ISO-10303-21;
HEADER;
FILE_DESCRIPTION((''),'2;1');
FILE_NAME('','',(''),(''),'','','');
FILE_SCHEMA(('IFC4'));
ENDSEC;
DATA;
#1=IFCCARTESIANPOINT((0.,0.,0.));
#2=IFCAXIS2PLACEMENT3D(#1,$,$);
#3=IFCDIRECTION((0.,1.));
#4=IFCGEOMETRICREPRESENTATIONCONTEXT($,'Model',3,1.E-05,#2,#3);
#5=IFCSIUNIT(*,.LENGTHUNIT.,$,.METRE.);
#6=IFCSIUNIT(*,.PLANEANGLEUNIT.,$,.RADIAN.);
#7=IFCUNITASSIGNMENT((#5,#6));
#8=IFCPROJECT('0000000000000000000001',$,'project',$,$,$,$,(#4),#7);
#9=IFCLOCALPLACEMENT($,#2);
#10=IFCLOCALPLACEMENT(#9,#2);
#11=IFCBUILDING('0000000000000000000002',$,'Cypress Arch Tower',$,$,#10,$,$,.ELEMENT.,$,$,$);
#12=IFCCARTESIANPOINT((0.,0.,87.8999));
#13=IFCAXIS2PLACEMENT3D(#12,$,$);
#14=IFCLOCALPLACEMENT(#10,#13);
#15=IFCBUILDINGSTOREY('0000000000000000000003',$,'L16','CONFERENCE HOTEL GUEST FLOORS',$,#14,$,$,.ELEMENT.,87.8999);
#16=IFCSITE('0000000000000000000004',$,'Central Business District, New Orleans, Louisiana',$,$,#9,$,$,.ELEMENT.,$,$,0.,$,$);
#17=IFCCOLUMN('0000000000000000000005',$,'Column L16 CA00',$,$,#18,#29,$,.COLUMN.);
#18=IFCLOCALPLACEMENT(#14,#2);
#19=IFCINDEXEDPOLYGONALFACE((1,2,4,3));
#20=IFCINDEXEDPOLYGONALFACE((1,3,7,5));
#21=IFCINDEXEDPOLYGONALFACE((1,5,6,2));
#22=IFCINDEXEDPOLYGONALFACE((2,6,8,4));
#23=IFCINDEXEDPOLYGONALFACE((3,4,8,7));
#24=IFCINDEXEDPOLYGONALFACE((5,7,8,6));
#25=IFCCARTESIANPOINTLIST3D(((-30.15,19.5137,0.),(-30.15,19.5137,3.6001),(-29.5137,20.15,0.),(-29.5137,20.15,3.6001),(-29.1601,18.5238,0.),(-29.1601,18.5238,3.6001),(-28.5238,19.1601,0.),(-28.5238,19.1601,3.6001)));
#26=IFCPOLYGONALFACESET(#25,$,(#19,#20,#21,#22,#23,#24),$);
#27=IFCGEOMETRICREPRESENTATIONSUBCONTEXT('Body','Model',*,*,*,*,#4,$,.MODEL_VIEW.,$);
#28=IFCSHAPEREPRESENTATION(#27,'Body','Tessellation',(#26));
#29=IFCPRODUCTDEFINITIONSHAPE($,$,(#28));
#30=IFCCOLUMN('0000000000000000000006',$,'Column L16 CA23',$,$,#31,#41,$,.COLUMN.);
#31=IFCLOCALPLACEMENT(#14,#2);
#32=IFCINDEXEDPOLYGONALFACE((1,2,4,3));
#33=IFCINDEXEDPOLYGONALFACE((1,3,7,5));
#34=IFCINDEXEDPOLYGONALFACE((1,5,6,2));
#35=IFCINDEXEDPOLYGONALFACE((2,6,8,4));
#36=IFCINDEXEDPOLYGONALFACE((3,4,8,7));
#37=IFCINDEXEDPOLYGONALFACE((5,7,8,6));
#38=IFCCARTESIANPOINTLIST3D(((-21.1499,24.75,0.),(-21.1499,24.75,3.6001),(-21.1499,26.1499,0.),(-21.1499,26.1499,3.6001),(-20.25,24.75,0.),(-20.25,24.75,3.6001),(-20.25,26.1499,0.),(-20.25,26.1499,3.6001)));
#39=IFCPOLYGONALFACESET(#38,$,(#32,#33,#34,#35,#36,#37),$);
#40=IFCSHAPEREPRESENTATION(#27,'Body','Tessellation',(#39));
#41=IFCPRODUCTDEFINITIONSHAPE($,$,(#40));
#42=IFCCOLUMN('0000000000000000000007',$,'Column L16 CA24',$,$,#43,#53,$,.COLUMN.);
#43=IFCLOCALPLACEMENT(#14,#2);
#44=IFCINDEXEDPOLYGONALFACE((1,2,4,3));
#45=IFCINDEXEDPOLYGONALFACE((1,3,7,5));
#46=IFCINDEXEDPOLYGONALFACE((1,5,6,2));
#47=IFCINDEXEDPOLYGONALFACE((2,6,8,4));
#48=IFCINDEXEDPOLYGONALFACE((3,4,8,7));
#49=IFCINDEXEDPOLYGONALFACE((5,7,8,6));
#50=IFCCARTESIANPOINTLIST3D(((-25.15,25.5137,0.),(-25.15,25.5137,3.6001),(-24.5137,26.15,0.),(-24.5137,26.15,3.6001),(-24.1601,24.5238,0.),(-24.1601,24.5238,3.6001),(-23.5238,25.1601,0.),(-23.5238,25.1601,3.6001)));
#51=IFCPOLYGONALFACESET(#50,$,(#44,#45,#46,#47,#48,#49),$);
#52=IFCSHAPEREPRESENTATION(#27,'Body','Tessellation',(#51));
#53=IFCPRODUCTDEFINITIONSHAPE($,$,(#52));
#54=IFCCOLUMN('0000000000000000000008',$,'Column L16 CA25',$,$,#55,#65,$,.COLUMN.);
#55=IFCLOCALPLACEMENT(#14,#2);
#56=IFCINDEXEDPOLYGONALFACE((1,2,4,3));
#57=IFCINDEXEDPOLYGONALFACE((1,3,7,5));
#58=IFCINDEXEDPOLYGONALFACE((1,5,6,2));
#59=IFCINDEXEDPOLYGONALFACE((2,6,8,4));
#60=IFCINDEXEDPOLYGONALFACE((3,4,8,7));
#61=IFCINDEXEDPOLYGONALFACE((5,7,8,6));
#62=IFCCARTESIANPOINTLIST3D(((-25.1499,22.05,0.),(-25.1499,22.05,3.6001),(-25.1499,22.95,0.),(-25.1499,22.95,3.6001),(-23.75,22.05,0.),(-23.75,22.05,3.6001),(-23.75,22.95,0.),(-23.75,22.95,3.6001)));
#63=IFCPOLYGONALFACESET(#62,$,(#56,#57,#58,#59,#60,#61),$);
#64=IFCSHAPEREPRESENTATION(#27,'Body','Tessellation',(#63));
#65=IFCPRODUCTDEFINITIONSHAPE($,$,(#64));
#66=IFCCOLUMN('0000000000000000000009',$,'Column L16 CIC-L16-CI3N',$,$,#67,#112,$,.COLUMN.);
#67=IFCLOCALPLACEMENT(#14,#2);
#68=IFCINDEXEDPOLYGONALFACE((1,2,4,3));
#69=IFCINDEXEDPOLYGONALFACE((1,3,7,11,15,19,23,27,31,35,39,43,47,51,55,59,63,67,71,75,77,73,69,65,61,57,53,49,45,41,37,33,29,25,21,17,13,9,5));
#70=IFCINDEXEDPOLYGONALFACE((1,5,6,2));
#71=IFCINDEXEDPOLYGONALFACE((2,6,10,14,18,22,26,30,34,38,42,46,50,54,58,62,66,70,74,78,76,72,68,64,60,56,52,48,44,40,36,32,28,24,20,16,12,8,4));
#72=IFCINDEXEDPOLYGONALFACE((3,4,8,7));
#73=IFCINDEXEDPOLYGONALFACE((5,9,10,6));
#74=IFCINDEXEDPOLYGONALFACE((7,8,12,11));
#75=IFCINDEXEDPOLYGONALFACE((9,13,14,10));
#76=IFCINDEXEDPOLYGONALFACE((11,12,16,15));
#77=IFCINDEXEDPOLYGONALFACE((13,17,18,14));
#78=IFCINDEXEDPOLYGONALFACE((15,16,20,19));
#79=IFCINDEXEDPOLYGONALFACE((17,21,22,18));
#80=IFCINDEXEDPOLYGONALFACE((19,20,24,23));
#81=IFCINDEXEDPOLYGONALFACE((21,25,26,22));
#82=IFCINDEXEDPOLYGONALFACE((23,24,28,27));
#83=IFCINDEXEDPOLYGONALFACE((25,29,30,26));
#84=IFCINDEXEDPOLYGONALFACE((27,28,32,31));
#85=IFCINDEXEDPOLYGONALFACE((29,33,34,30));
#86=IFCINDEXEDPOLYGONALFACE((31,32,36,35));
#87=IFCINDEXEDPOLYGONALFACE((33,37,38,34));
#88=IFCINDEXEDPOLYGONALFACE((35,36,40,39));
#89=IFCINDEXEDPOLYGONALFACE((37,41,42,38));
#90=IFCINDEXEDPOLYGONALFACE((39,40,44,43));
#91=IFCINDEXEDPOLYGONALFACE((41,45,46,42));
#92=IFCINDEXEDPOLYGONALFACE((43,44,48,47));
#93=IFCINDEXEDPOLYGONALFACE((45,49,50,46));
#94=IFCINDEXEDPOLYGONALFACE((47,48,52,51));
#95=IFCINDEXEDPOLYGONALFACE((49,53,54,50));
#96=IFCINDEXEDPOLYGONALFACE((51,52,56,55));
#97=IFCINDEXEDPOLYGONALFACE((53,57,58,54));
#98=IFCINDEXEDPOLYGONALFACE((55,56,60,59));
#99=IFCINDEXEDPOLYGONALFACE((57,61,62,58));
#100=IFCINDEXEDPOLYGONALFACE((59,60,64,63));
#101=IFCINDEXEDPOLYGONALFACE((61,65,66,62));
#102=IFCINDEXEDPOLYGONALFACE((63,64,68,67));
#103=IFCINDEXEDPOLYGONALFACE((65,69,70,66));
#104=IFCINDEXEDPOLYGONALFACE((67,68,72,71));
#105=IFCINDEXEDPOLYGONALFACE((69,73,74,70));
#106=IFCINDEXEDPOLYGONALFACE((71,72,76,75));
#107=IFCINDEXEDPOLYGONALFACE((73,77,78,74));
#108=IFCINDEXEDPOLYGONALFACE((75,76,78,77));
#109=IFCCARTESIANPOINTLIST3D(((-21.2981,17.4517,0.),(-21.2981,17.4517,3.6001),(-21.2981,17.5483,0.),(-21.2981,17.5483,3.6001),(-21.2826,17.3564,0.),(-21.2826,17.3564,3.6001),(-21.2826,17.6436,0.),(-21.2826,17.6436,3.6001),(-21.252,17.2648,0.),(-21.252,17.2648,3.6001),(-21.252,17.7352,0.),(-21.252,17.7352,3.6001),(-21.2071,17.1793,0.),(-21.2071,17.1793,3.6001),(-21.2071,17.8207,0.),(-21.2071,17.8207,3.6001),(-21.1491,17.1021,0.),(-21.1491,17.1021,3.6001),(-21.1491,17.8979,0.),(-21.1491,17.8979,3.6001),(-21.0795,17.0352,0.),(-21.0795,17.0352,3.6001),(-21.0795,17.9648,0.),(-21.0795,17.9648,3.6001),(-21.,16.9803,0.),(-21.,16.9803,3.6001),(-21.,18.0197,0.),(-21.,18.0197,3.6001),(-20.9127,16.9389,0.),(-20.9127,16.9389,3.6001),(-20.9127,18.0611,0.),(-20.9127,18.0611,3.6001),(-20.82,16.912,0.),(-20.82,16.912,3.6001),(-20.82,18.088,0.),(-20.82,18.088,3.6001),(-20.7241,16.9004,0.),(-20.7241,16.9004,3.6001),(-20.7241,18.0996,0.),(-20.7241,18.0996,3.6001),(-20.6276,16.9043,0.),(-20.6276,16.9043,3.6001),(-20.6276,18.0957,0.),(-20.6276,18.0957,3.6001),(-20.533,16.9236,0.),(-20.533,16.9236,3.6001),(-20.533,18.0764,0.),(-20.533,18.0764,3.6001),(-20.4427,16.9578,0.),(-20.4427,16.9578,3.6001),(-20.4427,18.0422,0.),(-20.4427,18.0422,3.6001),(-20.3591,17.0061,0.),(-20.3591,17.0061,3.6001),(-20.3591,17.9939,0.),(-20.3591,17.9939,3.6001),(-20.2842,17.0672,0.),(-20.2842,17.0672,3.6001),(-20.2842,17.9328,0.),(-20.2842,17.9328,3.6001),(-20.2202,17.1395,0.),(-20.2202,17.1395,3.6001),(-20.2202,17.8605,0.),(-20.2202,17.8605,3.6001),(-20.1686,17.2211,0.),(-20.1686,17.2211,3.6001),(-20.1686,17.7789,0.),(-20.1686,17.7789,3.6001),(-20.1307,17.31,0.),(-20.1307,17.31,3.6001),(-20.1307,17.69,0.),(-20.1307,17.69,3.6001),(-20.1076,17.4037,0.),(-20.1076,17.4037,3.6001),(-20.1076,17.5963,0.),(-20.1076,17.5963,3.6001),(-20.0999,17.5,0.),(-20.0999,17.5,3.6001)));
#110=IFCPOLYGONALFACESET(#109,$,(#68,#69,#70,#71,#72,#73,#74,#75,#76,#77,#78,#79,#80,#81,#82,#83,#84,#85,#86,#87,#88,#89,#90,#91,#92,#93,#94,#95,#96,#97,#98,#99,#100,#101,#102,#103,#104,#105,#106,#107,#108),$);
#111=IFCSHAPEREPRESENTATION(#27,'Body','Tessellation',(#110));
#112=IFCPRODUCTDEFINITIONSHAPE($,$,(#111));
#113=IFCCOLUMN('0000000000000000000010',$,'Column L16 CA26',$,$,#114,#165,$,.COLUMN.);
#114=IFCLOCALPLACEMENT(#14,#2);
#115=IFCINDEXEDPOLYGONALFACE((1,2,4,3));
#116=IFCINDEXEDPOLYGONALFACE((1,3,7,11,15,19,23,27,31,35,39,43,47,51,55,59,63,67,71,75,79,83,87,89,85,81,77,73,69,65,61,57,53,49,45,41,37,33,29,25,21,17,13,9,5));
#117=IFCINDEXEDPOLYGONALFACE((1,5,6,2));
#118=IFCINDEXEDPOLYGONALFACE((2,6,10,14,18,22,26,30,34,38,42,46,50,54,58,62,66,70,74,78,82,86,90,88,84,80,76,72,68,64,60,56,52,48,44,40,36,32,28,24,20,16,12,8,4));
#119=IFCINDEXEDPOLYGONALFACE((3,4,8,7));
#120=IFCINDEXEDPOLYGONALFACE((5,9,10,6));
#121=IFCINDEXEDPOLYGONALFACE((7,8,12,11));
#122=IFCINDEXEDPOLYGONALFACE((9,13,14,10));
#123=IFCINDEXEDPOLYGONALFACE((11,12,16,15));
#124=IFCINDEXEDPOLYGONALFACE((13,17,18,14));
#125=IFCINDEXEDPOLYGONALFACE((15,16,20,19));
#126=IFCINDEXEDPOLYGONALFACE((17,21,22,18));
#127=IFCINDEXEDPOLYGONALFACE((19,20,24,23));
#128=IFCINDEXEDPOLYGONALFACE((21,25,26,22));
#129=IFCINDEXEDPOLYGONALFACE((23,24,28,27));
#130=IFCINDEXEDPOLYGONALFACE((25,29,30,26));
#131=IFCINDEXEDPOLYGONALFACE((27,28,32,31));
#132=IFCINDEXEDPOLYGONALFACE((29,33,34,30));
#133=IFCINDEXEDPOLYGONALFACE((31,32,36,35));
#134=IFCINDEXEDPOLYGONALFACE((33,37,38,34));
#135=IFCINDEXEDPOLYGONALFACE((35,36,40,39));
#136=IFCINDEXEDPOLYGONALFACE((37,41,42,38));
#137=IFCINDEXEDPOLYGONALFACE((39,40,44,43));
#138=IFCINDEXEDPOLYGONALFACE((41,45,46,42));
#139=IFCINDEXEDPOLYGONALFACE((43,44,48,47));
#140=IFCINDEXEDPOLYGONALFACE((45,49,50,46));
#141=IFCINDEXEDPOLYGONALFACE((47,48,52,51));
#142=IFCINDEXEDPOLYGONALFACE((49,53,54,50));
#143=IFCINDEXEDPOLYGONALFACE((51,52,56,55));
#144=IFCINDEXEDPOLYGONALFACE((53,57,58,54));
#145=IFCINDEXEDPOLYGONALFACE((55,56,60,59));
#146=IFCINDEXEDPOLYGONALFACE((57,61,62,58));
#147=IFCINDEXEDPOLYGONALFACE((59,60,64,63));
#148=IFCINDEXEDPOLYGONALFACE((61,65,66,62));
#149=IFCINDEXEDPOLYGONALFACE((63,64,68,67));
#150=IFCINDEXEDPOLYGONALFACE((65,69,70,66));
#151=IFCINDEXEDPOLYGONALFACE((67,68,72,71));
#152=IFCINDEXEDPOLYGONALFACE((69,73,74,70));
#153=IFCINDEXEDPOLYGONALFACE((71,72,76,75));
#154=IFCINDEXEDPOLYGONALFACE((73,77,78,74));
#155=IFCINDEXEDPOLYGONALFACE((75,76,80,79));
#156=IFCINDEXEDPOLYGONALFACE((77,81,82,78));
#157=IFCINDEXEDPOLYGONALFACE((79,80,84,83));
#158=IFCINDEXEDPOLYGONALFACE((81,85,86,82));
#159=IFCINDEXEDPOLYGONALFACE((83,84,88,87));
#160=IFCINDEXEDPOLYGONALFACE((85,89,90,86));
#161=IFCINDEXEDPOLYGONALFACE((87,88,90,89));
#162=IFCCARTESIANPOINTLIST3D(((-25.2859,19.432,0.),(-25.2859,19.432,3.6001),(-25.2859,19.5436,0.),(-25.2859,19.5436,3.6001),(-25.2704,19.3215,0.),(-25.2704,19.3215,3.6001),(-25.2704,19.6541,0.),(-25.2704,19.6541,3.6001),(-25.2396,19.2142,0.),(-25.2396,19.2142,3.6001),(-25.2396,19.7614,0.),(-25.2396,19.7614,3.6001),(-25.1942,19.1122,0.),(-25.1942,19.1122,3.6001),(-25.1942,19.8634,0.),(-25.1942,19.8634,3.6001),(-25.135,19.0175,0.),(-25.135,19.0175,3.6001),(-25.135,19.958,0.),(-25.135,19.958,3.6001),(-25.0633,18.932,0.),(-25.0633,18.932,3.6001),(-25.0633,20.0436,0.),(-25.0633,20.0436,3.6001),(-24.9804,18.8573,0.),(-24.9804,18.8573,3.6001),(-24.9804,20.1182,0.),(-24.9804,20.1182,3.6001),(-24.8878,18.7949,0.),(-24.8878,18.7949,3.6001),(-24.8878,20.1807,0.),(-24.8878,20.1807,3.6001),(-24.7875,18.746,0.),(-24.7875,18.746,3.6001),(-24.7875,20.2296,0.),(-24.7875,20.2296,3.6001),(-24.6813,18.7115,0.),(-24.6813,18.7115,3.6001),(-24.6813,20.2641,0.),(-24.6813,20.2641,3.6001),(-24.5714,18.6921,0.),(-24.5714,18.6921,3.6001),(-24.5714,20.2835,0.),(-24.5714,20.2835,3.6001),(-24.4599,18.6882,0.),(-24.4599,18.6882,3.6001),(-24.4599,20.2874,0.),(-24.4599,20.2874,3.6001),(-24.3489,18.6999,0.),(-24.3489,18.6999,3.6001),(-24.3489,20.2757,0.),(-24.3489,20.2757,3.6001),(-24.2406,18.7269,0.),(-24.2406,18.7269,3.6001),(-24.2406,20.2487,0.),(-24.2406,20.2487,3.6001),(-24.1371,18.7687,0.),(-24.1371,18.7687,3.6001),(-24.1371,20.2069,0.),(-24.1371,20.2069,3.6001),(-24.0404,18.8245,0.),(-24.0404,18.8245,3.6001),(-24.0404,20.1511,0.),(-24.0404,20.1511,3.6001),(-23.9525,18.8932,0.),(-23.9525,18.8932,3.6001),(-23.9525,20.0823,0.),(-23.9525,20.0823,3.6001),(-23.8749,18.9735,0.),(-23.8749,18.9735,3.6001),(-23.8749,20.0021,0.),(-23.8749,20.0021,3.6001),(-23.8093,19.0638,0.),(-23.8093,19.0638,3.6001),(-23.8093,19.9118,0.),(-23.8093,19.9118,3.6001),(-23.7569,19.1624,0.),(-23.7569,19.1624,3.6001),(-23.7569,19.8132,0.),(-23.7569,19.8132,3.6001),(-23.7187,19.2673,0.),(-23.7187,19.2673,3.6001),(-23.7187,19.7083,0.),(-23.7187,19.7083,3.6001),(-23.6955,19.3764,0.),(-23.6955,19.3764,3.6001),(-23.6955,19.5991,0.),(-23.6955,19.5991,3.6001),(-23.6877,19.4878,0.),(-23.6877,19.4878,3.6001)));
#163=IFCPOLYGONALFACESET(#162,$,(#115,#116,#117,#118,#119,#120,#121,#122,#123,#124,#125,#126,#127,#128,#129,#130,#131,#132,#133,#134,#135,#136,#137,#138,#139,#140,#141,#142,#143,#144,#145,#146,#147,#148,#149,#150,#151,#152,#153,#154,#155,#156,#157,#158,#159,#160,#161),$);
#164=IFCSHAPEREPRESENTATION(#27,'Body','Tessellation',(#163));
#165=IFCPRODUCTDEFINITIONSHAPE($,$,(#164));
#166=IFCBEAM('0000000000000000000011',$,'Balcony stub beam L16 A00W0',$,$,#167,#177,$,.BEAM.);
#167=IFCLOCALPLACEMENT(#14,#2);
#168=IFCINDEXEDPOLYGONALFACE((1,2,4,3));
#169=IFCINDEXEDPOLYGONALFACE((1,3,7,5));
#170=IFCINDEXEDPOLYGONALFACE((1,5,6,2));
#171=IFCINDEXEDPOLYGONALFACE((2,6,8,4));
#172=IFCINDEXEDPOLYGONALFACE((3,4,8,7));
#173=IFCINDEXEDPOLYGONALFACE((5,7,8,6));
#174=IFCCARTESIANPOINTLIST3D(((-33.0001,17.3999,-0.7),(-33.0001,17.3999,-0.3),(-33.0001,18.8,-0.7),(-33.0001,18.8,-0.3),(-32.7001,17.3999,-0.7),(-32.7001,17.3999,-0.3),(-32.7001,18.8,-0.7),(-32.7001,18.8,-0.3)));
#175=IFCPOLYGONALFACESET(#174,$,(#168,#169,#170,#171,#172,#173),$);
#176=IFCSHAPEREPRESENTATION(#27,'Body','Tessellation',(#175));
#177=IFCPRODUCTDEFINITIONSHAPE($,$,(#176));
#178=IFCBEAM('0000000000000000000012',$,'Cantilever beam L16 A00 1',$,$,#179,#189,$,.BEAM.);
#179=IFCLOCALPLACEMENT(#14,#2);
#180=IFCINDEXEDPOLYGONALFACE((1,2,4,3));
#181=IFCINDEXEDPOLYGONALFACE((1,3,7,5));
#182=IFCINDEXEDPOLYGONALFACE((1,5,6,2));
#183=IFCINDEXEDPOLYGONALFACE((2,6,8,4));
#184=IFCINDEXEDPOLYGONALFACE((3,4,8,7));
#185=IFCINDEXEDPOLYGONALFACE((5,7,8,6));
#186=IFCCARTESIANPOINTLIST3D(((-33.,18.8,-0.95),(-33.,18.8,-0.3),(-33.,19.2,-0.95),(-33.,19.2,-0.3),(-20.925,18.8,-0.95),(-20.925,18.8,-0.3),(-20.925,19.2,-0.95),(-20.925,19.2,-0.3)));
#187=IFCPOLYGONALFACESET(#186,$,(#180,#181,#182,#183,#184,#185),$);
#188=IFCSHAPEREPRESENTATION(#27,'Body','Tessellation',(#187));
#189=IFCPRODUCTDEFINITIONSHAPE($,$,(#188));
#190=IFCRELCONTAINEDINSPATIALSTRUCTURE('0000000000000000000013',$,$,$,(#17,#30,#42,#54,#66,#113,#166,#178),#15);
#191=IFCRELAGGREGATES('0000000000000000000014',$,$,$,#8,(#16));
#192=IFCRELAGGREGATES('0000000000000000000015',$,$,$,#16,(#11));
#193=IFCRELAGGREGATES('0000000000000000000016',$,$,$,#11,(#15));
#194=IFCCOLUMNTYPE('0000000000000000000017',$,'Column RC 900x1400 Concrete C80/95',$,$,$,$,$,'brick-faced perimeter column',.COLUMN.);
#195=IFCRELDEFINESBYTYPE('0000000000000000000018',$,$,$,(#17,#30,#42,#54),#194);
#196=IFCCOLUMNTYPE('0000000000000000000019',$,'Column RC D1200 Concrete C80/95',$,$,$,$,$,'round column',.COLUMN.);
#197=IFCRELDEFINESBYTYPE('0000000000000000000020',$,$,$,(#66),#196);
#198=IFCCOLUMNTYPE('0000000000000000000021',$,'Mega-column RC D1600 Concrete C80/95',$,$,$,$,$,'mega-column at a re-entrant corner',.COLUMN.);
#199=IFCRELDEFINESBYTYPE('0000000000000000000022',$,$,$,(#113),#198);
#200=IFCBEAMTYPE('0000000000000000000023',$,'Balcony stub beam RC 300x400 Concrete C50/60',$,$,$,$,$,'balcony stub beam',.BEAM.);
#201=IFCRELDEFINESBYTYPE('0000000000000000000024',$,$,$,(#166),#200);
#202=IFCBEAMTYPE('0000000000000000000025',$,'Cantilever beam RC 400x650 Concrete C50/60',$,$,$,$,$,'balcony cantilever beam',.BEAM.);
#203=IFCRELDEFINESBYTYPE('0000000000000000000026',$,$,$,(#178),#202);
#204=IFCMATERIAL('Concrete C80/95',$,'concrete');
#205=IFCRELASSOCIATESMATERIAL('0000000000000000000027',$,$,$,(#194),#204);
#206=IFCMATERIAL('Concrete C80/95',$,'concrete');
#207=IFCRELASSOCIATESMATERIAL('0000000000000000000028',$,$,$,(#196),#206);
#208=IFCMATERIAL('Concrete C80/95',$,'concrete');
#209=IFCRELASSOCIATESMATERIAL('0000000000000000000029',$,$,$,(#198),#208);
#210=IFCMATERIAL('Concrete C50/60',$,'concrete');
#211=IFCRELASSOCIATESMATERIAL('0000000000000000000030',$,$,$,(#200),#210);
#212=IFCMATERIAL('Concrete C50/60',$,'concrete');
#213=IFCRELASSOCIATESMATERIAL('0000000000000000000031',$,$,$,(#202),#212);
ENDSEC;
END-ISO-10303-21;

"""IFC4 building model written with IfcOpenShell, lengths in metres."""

from ifc_helpers import new_model, si_unit, direction, frame, origin, origin_2d, place, context, subcontext, project, spatial, rectangle, circle, extrude, material, material_profile, profile_set, type_object, element, save


model = new_model("IFC4")

# Units and contexts
model_context = context("Model", 3, precision=1e-05, world=origin(), true_north=direction((0.0, 1.0)))
body_context = subcontext(model_context, "Body", "Model", "MODEL_VIEW")
ifc_project = project(units=[si_unit("LENGTHUNIT", "METRE"), si_unit("PLANEANGLEUNIT", "RADIAN")], contexts=[model_context])

# Site, building, storey
site_placement = place(None, origin())
site = spatial("IfcSite", under=ifc_project, at=site_placement, Name="Central Business District, New Orleans, Louisiana", CompositionType="ELEMENT", RefElevation=0.0)
building_placement = place(site_placement, origin())
building = spatial("IfcBuilding", under=site, at=building_placement, Name="Cypress Arch Tower", CompositionType="ELEMENT")
storey_placement = place(building_placement, frame((0.0, 0.0, 87.8999)))
storey = spatial("IfcBuildingStorey", under=building, at=storey_placement, Name="L16", Description="CONFERENCE HOTEL GUEST FLOORS", CompositionType="ELEMENT", Elevation=87.8999)

# Columns
ifc_material_1 = material(Name="Concrete C80/95", Category="concrete")
ifc_material_profile_1 = material_profile(ifc_material_1, rectangle(XDim=0.8999, YDim=1.3999, at=origin_2d()), Name="RC 900x1400")
ifc_profile_set_1 = profile_set([ifc_material_profile_1], Name="Concrete C80/95")
column_type_1 = type_object("IfcColumnType", Name="Column RC 900x1400 Concrete C80/95", ElementType="brick-faced perimeter column", PredefinedType="COLUMN", material=ifc_profile_set_1)
for number, where, z_axis, x_axis, name in (
    (1, (-29.3369, 19.3369, 0.0), (0.0, 0.0, 1.0), (-0.707107, -0.707107, 0.0), "Column L16 CA00"),
    (2, (-20.7, 25.45, 0.0), (0.0, 0.0, 1.0), (-1.0, 0.0, 0.0), "Column L16 CA23"),
    (3, (-24.3369, 25.3369, 0.0), (0.0, 0.0, 1.0), (-0.707107, -0.707107, 0.0), "Column L16 CA24"),
    (4, (-24.45, 22.5, 0.0), (0.0, 0.0, 1.0), (0.0, -1.0, 0.0), "Column L16 CA25"),
):
    element("IfcColumn", number, at=place(storey_placement, frame(where, z_axis=z_axis, x_axis=x_axis)), inside=storey, type_object=column_type_1, Name=name, PredefinedType="COLUMN", context=body_context, shape_type="SweptSolid", body=[
        extrude(rectangle(XDim=0.8999, YDim=1.3999, at=origin_2d()), origin(), (0.0, 0.0, 1.0), 3.6001),
    ])
ifc_material_2 = material(Name="Concrete C80/95", Category="concrete")
ifc_material_profile_2 = material_profile(ifc_material_2, circle(Radius=0.6001, at=origin_2d()), Name="RC D1200")
ifc_profile_set_2 = profile_set([ifc_material_profile_2], Name="Concrete C80/95")
column_type_2 = type_object("IfcColumnType", Name="Column RC D1200 Concrete C80/95", ElementType="round column", PredefinedType="COLUMN", material=ifc_profile_set_2)
column_1_placement = place(storey_placement, frame((-20.7, 17.5, 0.0), z_axis=(0.0, 0.0, 1.0), x_axis=(1.0, 0.0, 0.0)))
element("IfcColumn", 5, at=column_1_placement, inside=storey, type_object=column_type_2, Name="Column L16 CIC-L16-CI3N", PredefinedType="COLUMN", context=body_context, shape_type="SweptSolid", body=[
    extrude(circle(Radius=0.6001, at=origin_2d()), origin(), (0.0, 0.0, 1.0), 3.6001),
])
ifc_material_3 = material(Name="Concrete C80/95", Category="concrete")
ifc_material_profile_3 = material_profile(ifc_material_3, circle(Radius=0.8, at=origin_2d()), Name="RC D1600")
ifc_profile_set_3 = profile_set([ifc_material_profile_3], Name="Concrete C80/95")
column_type_3 = type_object("IfcColumnType", Name="Mega-column RC D1600 Concrete C80/95", ElementType="mega-column at a re-entrant corner", PredefinedType="COLUMN", material=ifc_profile_set_3)
column_2_placement = place(storey_placement, frame((-24.4878, 19.4878, 0.0), z_axis=(0.0, 0.0, 1.0), x_axis=(1.0, 0.0, 0.0)))
element("IfcColumn", 6, at=column_2_placement, inside=storey, type_object=column_type_3, Name="Column L16 CA26", PredefinedType="COLUMN", context=body_context, shape_type="SweptSolid", body=[
    extrude(circle(Radius=0.8, at=origin_2d()), origin(), (0.0, 0.0, 1.0), 3.6001),
])

# Beams
ifc_material_4 = material(Name="Concrete C50/60", Category="concrete")
ifc_material_profile_4 = material_profile(ifc_material_4, rectangle(XDim=0.3, YDim=0.3999, at=origin_2d()), Name="RC 300x400")
ifc_profile_set_4 = profile_set([ifc_material_profile_4], Name="Concrete C50/60")
beam_type_1 = type_object("IfcBeamType", Name="Balcony stub beam RC 300x400 Concrete C50/60", ElementType="balcony stub beam", PredefinedType="BEAM", material=ifc_profile_set_4)
beam_1_placement = place(storey_placement, frame((-32.8501, 18.8, -0.5), z_axis=(0.0, -1.0, 0.0), x_axis=(1.0, 0.0, 0.0)))
element("IfcBeam", 7, at=beam_1_placement, inside=storey, type_object=beam_type_1, Name="Balcony stub beam L16 A00W0", PredefinedType="BEAM", context=body_context, shape_type="SweptSolid", body=[
    extrude(rectangle(XDim=0.3, YDim=0.3999, at=origin_2d()), origin(), (0.0, 0.0, 1.0), 1.4001),
])
ifc_material_5 = material(Name="Concrete C50/60", Category="concrete")
ifc_material_profile_5 = material_profile(ifc_material_5, rectangle(XDim=0.3999, YDim=0.6499, at=origin_2d()), Name="RC 400x650")
ifc_profile_set_5 = profile_set([ifc_material_profile_5], Name="Concrete C50/60")
beam_type_2 = type_object("IfcBeamType", Name="Cantilever beam RC 400x650 Concrete C50/60", ElementType="balcony cantilever beam", PredefinedType="BEAM", material=ifc_profile_set_5)
beam_2_placement = place(storey_placement, frame((-20.925, 19.0, -0.625), z_axis=(-1.0, 0.0, 0.0), x_axis=(0.0, -1.0, 0.0)))
element("IfcBeam", 8, at=beam_2_placement, inside=storey, type_object=beam_type_2, Name="Cantilever beam L16 A00 1", PredefinedType="BEAM", context=body_context, shape_type="SweptSolid", body=[
    extrude(rectangle(XDim=0.3999, YDim=0.6499, at=origin_2d()), origin(), (0.0, 0.0, 1.0), 12.075),
])

save(model, "model.ifc")
